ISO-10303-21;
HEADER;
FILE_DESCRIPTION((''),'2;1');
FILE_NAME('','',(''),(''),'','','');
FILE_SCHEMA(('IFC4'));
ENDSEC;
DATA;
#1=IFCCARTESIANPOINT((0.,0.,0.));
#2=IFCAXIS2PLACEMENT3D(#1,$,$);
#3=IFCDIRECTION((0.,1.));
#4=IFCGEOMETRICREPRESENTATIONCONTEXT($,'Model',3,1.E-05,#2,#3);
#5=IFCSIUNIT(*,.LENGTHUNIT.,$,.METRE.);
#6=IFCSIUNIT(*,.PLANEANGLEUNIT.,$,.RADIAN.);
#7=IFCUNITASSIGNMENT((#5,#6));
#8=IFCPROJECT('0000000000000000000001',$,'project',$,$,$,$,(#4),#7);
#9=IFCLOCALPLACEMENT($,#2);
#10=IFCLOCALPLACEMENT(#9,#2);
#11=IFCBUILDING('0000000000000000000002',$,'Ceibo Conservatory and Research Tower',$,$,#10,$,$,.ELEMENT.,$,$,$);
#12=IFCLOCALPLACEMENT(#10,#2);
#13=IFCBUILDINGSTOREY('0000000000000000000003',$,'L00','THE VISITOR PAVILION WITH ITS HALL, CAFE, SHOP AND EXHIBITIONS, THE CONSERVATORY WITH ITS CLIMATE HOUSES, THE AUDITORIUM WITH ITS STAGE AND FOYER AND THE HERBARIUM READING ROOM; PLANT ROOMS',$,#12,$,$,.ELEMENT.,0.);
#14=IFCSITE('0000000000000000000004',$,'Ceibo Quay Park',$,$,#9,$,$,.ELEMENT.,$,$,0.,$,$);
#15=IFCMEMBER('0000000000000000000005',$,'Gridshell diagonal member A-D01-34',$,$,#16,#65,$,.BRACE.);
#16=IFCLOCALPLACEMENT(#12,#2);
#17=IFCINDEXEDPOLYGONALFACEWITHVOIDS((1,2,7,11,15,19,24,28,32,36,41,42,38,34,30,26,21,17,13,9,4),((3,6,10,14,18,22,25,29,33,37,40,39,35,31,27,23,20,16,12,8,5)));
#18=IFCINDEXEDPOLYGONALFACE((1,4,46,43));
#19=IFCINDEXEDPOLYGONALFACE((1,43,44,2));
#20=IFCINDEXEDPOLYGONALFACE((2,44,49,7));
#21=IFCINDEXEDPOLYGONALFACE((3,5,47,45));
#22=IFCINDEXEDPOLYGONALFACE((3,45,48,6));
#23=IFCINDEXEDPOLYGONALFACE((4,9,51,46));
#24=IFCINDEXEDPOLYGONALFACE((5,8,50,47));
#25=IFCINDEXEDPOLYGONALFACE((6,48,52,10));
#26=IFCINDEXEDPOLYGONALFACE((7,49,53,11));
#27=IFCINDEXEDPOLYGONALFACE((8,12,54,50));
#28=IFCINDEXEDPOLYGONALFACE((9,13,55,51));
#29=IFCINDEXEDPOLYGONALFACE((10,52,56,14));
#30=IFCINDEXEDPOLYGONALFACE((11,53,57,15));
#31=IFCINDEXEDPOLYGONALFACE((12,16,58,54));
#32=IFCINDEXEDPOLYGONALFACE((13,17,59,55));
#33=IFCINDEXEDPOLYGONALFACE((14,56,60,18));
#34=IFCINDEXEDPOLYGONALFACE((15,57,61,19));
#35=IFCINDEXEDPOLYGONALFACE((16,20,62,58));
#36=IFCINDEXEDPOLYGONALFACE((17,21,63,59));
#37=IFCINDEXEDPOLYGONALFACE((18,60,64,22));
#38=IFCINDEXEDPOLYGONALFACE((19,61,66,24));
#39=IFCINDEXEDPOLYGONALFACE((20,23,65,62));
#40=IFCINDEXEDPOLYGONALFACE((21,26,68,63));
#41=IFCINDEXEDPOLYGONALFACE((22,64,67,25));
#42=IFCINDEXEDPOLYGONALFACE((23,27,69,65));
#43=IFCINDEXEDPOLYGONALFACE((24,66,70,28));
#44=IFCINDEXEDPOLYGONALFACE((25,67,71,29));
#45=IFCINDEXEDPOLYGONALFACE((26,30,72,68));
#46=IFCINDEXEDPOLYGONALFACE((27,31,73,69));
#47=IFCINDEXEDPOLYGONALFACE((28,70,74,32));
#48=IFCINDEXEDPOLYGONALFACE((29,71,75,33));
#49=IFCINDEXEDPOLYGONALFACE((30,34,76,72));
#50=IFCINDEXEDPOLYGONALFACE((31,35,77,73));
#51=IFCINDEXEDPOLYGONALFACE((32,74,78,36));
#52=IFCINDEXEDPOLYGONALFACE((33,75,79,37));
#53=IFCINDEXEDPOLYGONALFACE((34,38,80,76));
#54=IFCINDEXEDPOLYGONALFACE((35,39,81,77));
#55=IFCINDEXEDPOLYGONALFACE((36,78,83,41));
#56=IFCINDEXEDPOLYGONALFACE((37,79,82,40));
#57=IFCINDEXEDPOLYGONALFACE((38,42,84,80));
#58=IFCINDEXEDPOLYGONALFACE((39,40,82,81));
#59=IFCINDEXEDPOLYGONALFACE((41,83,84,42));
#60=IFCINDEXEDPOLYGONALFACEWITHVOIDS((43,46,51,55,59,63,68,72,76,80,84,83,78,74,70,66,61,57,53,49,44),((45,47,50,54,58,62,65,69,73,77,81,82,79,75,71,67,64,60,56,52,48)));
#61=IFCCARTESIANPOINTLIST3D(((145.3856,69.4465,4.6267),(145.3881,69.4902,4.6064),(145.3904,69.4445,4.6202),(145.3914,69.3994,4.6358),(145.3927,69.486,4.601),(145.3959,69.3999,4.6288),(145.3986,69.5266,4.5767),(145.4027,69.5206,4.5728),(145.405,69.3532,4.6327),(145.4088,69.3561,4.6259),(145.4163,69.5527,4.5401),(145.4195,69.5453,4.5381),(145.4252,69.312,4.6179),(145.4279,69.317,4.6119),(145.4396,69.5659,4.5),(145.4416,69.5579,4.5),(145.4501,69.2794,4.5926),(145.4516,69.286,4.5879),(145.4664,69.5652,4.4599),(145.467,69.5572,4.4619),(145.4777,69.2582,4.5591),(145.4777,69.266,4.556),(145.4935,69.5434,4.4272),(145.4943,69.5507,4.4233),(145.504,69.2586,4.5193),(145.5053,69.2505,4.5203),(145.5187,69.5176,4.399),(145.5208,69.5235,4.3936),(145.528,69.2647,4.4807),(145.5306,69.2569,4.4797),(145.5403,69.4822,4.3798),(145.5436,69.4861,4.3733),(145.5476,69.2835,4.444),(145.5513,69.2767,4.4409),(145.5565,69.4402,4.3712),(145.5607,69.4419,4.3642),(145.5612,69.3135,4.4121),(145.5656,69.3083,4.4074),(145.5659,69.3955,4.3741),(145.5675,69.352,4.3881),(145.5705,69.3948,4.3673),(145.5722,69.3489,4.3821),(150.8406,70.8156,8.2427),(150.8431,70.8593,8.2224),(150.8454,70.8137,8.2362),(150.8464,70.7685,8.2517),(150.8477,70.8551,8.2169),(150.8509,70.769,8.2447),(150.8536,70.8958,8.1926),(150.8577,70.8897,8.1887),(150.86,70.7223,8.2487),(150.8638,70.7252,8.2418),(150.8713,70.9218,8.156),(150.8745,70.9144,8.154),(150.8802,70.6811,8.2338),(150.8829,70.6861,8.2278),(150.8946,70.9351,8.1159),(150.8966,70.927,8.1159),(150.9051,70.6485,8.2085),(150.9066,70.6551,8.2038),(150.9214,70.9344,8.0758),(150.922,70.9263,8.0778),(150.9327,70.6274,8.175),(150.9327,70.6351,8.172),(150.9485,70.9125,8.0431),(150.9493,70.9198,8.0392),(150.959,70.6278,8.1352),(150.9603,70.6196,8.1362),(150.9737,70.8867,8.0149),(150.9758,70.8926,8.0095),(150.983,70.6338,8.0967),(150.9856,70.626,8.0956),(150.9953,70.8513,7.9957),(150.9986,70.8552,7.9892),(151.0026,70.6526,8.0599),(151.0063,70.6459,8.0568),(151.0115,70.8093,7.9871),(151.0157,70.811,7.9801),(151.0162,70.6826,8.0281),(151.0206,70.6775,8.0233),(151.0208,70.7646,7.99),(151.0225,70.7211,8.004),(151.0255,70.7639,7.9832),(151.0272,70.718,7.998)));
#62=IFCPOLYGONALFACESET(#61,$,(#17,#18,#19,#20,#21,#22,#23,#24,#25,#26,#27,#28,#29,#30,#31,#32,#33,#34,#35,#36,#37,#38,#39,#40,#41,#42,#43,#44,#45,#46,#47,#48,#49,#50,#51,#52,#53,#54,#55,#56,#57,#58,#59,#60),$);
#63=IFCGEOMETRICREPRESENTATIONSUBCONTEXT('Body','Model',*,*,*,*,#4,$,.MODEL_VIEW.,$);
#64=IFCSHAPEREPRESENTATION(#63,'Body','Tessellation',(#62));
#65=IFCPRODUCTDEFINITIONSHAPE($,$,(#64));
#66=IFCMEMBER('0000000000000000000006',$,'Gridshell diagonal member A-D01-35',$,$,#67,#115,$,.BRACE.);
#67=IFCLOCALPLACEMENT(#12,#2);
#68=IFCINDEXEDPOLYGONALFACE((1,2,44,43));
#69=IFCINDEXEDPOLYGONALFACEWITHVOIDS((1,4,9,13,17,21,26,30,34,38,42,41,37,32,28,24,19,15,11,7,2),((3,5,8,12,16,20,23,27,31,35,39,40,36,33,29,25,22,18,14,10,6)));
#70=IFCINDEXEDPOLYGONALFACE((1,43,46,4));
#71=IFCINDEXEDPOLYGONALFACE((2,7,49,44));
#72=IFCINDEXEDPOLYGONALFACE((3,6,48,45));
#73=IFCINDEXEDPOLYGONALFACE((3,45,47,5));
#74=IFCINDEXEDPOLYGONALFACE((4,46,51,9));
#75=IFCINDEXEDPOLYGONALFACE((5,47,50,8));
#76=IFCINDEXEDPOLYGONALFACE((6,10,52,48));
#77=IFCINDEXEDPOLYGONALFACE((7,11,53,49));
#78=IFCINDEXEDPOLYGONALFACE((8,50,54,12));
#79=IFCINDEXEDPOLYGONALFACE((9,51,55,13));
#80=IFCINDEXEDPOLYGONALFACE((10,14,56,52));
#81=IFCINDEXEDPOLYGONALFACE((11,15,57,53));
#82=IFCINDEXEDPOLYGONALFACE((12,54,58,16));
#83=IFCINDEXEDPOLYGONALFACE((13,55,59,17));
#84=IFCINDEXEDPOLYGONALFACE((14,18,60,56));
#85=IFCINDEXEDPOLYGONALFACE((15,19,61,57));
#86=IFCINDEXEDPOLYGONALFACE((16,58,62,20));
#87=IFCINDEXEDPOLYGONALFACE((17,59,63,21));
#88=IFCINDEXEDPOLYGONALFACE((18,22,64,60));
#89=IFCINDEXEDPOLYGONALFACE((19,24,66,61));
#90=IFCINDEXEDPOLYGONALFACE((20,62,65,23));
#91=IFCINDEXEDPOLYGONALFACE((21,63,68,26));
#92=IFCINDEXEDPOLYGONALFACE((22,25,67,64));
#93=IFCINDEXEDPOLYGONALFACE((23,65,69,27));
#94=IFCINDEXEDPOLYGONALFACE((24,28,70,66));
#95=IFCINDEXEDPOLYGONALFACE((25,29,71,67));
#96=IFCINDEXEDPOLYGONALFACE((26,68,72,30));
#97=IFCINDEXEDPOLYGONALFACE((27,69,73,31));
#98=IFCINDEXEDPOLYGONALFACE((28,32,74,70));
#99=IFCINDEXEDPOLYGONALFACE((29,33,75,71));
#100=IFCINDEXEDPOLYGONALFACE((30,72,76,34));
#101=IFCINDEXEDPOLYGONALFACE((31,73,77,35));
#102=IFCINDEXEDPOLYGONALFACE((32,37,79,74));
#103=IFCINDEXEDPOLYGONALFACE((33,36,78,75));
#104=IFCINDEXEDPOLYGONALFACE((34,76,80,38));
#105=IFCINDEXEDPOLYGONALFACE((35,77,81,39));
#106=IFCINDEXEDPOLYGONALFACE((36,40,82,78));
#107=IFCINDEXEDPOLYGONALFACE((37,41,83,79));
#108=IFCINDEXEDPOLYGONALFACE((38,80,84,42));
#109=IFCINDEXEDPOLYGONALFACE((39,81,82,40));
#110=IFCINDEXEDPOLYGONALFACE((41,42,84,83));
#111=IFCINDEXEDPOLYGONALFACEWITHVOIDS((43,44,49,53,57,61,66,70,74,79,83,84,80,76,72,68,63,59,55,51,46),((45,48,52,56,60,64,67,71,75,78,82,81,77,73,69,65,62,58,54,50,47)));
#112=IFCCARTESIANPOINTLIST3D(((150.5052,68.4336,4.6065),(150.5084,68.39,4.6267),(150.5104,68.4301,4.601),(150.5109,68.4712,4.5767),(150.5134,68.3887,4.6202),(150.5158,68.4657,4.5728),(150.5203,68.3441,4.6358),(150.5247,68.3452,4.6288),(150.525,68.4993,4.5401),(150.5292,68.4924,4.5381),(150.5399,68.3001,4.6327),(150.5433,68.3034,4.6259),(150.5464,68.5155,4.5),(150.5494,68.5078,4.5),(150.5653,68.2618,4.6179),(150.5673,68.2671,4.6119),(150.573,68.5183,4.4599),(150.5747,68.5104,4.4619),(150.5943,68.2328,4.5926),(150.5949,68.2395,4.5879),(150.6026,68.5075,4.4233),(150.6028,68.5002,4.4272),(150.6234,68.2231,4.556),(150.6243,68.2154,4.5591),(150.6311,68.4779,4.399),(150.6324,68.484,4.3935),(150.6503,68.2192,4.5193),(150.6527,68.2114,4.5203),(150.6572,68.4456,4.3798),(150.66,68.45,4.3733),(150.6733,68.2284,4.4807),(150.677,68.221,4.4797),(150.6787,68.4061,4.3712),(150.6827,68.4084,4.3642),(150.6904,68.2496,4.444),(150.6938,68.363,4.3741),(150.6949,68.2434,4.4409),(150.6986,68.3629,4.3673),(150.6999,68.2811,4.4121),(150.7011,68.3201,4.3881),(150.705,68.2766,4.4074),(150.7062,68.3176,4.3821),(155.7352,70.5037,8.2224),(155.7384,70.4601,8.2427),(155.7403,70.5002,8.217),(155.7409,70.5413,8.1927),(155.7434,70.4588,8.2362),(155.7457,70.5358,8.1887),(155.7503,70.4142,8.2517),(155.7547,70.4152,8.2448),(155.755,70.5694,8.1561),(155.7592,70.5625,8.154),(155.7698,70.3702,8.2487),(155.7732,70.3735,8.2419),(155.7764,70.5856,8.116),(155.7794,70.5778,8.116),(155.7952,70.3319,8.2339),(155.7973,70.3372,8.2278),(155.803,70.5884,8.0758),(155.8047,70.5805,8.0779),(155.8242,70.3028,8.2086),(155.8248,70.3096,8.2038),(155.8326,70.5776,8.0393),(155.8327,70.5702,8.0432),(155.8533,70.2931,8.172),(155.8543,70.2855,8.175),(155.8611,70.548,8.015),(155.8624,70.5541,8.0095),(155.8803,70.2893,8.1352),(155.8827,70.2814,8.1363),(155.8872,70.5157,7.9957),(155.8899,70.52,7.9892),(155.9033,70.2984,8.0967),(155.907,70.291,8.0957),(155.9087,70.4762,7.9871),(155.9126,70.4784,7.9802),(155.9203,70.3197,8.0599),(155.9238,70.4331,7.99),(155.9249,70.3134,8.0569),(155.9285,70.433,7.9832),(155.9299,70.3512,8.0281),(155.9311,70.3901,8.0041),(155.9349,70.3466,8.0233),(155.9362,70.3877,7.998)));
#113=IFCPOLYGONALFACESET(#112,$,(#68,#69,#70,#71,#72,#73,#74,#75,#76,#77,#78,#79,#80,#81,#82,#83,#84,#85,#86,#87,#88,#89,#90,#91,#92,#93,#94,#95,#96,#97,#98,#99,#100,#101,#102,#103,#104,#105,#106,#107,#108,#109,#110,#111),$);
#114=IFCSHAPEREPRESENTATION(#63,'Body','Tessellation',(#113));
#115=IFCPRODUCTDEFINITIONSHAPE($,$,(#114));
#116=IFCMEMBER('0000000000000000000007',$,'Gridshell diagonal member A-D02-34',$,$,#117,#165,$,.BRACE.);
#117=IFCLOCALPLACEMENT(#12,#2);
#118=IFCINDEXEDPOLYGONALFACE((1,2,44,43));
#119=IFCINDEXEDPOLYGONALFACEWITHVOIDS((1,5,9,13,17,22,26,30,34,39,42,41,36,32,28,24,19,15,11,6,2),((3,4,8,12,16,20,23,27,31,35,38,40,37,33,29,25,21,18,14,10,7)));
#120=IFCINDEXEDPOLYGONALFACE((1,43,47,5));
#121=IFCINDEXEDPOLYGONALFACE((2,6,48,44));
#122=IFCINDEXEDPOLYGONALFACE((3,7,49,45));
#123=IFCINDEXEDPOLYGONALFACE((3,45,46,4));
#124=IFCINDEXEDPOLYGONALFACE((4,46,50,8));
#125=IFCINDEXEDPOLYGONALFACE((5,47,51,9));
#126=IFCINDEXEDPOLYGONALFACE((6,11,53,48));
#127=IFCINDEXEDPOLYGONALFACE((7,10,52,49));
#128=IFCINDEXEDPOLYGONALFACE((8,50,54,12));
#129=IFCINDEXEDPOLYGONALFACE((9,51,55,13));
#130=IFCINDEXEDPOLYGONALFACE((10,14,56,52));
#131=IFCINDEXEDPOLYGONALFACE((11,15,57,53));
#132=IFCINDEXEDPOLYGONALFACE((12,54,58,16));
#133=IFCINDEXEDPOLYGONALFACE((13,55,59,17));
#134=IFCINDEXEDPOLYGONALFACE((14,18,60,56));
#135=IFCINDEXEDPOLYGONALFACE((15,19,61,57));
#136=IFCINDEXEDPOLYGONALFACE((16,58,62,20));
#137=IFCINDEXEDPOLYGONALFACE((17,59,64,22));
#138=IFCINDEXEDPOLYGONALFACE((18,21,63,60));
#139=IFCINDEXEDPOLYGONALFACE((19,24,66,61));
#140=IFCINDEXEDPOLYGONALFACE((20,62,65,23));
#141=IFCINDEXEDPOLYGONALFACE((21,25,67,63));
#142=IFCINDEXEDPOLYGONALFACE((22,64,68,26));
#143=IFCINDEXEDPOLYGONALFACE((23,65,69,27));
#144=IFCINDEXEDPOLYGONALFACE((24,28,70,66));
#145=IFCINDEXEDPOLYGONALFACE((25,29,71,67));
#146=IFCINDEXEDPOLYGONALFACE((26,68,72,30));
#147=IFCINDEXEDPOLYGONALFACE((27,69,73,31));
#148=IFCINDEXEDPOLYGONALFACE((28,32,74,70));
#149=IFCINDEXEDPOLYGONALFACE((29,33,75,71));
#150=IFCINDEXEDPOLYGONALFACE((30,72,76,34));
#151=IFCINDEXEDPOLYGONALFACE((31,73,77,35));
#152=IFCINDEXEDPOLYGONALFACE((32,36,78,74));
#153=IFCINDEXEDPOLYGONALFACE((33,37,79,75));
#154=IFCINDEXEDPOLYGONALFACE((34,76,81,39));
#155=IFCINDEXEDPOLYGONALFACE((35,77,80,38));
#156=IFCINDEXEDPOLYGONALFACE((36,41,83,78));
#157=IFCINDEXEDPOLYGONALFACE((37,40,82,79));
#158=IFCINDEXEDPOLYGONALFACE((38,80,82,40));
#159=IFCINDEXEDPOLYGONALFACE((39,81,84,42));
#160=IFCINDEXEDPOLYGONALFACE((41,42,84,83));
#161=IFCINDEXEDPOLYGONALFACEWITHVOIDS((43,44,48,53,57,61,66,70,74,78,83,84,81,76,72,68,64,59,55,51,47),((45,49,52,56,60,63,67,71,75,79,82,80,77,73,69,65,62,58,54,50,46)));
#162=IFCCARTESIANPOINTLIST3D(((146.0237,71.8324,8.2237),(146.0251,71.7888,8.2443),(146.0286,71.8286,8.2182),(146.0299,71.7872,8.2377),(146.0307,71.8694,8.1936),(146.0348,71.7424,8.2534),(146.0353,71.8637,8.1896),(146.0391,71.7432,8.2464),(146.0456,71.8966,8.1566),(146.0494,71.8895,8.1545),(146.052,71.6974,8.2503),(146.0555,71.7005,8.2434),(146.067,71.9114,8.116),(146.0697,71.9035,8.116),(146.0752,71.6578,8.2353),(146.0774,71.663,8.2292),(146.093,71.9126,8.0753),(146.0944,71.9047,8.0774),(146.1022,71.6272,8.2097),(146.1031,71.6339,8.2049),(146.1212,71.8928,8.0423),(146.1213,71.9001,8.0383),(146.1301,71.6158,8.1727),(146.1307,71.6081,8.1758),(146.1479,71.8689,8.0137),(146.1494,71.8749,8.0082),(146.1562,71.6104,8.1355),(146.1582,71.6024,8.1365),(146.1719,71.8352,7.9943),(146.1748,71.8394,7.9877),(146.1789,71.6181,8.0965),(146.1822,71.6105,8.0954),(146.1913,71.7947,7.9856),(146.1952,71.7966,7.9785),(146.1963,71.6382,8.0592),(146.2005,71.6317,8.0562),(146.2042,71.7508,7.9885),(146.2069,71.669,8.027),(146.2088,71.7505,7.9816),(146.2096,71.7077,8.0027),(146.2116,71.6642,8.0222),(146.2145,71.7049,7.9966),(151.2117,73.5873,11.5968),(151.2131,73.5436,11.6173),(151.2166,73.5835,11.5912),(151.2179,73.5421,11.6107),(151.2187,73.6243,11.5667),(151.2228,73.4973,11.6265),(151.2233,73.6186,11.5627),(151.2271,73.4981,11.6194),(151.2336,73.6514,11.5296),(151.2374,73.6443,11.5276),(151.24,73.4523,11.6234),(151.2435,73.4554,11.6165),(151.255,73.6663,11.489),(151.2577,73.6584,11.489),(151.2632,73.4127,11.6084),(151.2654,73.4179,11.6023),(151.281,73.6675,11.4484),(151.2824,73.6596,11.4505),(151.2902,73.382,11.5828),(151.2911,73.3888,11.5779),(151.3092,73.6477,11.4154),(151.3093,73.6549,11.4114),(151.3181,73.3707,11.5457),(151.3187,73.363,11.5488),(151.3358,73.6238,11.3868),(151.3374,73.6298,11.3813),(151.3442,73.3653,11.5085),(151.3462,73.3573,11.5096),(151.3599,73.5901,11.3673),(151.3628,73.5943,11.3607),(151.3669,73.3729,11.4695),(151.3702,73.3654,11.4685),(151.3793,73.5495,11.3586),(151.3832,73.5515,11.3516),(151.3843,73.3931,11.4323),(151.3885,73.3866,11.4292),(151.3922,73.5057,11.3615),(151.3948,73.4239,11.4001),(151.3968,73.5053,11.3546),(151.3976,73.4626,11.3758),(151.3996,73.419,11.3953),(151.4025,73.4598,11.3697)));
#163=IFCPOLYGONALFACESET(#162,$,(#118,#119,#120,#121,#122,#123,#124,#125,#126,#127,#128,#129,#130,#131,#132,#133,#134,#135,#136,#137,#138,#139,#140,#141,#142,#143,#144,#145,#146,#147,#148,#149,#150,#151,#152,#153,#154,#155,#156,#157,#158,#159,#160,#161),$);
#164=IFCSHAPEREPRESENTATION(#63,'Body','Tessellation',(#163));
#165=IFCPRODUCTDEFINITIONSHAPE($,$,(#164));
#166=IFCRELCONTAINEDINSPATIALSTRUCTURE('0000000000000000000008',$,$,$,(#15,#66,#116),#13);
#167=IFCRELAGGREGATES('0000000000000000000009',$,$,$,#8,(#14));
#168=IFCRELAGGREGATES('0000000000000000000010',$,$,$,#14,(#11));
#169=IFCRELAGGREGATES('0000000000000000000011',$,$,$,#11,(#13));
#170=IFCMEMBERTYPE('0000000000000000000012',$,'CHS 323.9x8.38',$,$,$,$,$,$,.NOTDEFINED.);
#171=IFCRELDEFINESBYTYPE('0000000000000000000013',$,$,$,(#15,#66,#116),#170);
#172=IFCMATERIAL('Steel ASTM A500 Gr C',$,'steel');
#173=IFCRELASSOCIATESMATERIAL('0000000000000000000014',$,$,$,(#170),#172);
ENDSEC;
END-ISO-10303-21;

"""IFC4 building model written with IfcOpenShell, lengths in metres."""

from ifc_helpers import new_model, si_unit, direction, frame, origin, origin_2d, place, context, subcontext, project, spatial, hollow_circle, extrude, material, material_profile, profile_set, type_object, element, save


model = new_model("IFC4")

# Units and contexts
model_context = context("Model", 3, precision=1e-05, world=origin(), true_north=direction((0.0, 1.0)))
body_context = subcontext(model_context, "Body", "Model", "MODEL_VIEW")
ifc_project = project(units=[si_unit("LENGTHUNIT", "METRE"), si_unit("PLANEANGLEUNIT", "RADIAN")], contexts=[model_context])

# Site, building, storey
site_placement = place(None, origin())
site = spatial("IfcSite", under=ifc_project, at=site_placement, Name="Ceibo Quay Park", CompositionType="ELEMENT", RefElevation=0.0)
building_placement = place(site_placement, origin())
building = spatial("IfcBuilding", under=site, at=building_placement, Name="Ceibo Conservatory and Research Tower", CompositionType="ELEMENT")
storey_placement = place(building_placement, origin())
storey = spatial("IfcBuildingStorey", under=building, at=storey_placement, Name="L00", Description="THE VISITOR PAVILION WITH ITS HALL, CAFE, SHOP AND EXHIBITIONS, THE CONSERVATORY WITH ITS CLIMATE HOUSES, THE AUDITORIUM WITH ITS STAGE AND FOYER AND THE HERBARIUM READING ROOM; PLANT ROOMS", CompositionType="ELEMENT", Elevation=0.0)

# Members
ifc_material_1 = material(Name="Steel ASTM A500 Gr C", Category="steel")
ifc_material_profile_1 = material_profile(ifc_material_1, hollow_circle(Radius=0.1619, WallThickness=0.0083, at=origin_2d()), Name="CHS 323.9x8.38")
ifc_profile_set_1 = profile_set([ifc_material_profile_1], Name="Steel ASTM A500 Gr C")
member_type_1 = type_object("IfcMemberType", Name="CHS 323.9x8.38", PredefinedType="NOTDEFINED", material=ifc_profile_set_1)
member_1_placement = place(storey_placement, frame((145.479, 69.4089, 4.5), z_axis=(0.81585, 0.204766, 0.540796), x_axis=(-0.243434, 0.969917, 0.0)))
element("IfcMember", 1, at=member_1_placement, inside=storey, type_object=member_type_1, Name="Gridshell diagonal member A-D01-34", PredefinedType="BRACE", context=body_context, shape_type="SweptSolid", body=[
    extrude(hollow_circle(Radius=0.1619, WallThickness=0.0083, at=origin_2d()), origin(), (0.0, 0.0, 1.0), 6.6863),
])
member_2_placement = place(storey_placement, frame((150.606, 68.365, 4.5), z_axis=(0.782137, 0.309576, 0.540763), x_axis=(-0.368028, 0.929815, 0.0)))
element("IfcMember", 2, at=member_2_placement, inside=storey, type_object=member_type_1, Name="Gridshell diagonal member A-D01-35", PredefinedType="BRACE", context=body_context, shape_type="SweptSolid", body=[
    extrude(hollow_circle(Radius=0.1619, WallThickness=0.0083, at=origin_2d()), origin(), (0.0, 0.0, 1.0), 6.6868),
])
member_3_placement = place(storey_placement, frame((146.1189, 71.7581, 8.116), z_axis=(0.806574, 0.272831, 0.524406), x_axis=(-0.320424, 0.947274, 0.0)))
element("IfcMember", 3, at=member_3_placement, inside=storey, type_object=member_type_1, Name="Gridshell diagonal member A-D02-34", PredefinedType="BRACE", context=body_context, shape_type="SweptSolid", body=[
    extrude(hollow_circle(Radius=0.1619, WallThickness=0.0083, at=origin_2d()), origin(), (0.0, 0.0, 1.0), 6.4321),
])

save(model, "model.ifc")
